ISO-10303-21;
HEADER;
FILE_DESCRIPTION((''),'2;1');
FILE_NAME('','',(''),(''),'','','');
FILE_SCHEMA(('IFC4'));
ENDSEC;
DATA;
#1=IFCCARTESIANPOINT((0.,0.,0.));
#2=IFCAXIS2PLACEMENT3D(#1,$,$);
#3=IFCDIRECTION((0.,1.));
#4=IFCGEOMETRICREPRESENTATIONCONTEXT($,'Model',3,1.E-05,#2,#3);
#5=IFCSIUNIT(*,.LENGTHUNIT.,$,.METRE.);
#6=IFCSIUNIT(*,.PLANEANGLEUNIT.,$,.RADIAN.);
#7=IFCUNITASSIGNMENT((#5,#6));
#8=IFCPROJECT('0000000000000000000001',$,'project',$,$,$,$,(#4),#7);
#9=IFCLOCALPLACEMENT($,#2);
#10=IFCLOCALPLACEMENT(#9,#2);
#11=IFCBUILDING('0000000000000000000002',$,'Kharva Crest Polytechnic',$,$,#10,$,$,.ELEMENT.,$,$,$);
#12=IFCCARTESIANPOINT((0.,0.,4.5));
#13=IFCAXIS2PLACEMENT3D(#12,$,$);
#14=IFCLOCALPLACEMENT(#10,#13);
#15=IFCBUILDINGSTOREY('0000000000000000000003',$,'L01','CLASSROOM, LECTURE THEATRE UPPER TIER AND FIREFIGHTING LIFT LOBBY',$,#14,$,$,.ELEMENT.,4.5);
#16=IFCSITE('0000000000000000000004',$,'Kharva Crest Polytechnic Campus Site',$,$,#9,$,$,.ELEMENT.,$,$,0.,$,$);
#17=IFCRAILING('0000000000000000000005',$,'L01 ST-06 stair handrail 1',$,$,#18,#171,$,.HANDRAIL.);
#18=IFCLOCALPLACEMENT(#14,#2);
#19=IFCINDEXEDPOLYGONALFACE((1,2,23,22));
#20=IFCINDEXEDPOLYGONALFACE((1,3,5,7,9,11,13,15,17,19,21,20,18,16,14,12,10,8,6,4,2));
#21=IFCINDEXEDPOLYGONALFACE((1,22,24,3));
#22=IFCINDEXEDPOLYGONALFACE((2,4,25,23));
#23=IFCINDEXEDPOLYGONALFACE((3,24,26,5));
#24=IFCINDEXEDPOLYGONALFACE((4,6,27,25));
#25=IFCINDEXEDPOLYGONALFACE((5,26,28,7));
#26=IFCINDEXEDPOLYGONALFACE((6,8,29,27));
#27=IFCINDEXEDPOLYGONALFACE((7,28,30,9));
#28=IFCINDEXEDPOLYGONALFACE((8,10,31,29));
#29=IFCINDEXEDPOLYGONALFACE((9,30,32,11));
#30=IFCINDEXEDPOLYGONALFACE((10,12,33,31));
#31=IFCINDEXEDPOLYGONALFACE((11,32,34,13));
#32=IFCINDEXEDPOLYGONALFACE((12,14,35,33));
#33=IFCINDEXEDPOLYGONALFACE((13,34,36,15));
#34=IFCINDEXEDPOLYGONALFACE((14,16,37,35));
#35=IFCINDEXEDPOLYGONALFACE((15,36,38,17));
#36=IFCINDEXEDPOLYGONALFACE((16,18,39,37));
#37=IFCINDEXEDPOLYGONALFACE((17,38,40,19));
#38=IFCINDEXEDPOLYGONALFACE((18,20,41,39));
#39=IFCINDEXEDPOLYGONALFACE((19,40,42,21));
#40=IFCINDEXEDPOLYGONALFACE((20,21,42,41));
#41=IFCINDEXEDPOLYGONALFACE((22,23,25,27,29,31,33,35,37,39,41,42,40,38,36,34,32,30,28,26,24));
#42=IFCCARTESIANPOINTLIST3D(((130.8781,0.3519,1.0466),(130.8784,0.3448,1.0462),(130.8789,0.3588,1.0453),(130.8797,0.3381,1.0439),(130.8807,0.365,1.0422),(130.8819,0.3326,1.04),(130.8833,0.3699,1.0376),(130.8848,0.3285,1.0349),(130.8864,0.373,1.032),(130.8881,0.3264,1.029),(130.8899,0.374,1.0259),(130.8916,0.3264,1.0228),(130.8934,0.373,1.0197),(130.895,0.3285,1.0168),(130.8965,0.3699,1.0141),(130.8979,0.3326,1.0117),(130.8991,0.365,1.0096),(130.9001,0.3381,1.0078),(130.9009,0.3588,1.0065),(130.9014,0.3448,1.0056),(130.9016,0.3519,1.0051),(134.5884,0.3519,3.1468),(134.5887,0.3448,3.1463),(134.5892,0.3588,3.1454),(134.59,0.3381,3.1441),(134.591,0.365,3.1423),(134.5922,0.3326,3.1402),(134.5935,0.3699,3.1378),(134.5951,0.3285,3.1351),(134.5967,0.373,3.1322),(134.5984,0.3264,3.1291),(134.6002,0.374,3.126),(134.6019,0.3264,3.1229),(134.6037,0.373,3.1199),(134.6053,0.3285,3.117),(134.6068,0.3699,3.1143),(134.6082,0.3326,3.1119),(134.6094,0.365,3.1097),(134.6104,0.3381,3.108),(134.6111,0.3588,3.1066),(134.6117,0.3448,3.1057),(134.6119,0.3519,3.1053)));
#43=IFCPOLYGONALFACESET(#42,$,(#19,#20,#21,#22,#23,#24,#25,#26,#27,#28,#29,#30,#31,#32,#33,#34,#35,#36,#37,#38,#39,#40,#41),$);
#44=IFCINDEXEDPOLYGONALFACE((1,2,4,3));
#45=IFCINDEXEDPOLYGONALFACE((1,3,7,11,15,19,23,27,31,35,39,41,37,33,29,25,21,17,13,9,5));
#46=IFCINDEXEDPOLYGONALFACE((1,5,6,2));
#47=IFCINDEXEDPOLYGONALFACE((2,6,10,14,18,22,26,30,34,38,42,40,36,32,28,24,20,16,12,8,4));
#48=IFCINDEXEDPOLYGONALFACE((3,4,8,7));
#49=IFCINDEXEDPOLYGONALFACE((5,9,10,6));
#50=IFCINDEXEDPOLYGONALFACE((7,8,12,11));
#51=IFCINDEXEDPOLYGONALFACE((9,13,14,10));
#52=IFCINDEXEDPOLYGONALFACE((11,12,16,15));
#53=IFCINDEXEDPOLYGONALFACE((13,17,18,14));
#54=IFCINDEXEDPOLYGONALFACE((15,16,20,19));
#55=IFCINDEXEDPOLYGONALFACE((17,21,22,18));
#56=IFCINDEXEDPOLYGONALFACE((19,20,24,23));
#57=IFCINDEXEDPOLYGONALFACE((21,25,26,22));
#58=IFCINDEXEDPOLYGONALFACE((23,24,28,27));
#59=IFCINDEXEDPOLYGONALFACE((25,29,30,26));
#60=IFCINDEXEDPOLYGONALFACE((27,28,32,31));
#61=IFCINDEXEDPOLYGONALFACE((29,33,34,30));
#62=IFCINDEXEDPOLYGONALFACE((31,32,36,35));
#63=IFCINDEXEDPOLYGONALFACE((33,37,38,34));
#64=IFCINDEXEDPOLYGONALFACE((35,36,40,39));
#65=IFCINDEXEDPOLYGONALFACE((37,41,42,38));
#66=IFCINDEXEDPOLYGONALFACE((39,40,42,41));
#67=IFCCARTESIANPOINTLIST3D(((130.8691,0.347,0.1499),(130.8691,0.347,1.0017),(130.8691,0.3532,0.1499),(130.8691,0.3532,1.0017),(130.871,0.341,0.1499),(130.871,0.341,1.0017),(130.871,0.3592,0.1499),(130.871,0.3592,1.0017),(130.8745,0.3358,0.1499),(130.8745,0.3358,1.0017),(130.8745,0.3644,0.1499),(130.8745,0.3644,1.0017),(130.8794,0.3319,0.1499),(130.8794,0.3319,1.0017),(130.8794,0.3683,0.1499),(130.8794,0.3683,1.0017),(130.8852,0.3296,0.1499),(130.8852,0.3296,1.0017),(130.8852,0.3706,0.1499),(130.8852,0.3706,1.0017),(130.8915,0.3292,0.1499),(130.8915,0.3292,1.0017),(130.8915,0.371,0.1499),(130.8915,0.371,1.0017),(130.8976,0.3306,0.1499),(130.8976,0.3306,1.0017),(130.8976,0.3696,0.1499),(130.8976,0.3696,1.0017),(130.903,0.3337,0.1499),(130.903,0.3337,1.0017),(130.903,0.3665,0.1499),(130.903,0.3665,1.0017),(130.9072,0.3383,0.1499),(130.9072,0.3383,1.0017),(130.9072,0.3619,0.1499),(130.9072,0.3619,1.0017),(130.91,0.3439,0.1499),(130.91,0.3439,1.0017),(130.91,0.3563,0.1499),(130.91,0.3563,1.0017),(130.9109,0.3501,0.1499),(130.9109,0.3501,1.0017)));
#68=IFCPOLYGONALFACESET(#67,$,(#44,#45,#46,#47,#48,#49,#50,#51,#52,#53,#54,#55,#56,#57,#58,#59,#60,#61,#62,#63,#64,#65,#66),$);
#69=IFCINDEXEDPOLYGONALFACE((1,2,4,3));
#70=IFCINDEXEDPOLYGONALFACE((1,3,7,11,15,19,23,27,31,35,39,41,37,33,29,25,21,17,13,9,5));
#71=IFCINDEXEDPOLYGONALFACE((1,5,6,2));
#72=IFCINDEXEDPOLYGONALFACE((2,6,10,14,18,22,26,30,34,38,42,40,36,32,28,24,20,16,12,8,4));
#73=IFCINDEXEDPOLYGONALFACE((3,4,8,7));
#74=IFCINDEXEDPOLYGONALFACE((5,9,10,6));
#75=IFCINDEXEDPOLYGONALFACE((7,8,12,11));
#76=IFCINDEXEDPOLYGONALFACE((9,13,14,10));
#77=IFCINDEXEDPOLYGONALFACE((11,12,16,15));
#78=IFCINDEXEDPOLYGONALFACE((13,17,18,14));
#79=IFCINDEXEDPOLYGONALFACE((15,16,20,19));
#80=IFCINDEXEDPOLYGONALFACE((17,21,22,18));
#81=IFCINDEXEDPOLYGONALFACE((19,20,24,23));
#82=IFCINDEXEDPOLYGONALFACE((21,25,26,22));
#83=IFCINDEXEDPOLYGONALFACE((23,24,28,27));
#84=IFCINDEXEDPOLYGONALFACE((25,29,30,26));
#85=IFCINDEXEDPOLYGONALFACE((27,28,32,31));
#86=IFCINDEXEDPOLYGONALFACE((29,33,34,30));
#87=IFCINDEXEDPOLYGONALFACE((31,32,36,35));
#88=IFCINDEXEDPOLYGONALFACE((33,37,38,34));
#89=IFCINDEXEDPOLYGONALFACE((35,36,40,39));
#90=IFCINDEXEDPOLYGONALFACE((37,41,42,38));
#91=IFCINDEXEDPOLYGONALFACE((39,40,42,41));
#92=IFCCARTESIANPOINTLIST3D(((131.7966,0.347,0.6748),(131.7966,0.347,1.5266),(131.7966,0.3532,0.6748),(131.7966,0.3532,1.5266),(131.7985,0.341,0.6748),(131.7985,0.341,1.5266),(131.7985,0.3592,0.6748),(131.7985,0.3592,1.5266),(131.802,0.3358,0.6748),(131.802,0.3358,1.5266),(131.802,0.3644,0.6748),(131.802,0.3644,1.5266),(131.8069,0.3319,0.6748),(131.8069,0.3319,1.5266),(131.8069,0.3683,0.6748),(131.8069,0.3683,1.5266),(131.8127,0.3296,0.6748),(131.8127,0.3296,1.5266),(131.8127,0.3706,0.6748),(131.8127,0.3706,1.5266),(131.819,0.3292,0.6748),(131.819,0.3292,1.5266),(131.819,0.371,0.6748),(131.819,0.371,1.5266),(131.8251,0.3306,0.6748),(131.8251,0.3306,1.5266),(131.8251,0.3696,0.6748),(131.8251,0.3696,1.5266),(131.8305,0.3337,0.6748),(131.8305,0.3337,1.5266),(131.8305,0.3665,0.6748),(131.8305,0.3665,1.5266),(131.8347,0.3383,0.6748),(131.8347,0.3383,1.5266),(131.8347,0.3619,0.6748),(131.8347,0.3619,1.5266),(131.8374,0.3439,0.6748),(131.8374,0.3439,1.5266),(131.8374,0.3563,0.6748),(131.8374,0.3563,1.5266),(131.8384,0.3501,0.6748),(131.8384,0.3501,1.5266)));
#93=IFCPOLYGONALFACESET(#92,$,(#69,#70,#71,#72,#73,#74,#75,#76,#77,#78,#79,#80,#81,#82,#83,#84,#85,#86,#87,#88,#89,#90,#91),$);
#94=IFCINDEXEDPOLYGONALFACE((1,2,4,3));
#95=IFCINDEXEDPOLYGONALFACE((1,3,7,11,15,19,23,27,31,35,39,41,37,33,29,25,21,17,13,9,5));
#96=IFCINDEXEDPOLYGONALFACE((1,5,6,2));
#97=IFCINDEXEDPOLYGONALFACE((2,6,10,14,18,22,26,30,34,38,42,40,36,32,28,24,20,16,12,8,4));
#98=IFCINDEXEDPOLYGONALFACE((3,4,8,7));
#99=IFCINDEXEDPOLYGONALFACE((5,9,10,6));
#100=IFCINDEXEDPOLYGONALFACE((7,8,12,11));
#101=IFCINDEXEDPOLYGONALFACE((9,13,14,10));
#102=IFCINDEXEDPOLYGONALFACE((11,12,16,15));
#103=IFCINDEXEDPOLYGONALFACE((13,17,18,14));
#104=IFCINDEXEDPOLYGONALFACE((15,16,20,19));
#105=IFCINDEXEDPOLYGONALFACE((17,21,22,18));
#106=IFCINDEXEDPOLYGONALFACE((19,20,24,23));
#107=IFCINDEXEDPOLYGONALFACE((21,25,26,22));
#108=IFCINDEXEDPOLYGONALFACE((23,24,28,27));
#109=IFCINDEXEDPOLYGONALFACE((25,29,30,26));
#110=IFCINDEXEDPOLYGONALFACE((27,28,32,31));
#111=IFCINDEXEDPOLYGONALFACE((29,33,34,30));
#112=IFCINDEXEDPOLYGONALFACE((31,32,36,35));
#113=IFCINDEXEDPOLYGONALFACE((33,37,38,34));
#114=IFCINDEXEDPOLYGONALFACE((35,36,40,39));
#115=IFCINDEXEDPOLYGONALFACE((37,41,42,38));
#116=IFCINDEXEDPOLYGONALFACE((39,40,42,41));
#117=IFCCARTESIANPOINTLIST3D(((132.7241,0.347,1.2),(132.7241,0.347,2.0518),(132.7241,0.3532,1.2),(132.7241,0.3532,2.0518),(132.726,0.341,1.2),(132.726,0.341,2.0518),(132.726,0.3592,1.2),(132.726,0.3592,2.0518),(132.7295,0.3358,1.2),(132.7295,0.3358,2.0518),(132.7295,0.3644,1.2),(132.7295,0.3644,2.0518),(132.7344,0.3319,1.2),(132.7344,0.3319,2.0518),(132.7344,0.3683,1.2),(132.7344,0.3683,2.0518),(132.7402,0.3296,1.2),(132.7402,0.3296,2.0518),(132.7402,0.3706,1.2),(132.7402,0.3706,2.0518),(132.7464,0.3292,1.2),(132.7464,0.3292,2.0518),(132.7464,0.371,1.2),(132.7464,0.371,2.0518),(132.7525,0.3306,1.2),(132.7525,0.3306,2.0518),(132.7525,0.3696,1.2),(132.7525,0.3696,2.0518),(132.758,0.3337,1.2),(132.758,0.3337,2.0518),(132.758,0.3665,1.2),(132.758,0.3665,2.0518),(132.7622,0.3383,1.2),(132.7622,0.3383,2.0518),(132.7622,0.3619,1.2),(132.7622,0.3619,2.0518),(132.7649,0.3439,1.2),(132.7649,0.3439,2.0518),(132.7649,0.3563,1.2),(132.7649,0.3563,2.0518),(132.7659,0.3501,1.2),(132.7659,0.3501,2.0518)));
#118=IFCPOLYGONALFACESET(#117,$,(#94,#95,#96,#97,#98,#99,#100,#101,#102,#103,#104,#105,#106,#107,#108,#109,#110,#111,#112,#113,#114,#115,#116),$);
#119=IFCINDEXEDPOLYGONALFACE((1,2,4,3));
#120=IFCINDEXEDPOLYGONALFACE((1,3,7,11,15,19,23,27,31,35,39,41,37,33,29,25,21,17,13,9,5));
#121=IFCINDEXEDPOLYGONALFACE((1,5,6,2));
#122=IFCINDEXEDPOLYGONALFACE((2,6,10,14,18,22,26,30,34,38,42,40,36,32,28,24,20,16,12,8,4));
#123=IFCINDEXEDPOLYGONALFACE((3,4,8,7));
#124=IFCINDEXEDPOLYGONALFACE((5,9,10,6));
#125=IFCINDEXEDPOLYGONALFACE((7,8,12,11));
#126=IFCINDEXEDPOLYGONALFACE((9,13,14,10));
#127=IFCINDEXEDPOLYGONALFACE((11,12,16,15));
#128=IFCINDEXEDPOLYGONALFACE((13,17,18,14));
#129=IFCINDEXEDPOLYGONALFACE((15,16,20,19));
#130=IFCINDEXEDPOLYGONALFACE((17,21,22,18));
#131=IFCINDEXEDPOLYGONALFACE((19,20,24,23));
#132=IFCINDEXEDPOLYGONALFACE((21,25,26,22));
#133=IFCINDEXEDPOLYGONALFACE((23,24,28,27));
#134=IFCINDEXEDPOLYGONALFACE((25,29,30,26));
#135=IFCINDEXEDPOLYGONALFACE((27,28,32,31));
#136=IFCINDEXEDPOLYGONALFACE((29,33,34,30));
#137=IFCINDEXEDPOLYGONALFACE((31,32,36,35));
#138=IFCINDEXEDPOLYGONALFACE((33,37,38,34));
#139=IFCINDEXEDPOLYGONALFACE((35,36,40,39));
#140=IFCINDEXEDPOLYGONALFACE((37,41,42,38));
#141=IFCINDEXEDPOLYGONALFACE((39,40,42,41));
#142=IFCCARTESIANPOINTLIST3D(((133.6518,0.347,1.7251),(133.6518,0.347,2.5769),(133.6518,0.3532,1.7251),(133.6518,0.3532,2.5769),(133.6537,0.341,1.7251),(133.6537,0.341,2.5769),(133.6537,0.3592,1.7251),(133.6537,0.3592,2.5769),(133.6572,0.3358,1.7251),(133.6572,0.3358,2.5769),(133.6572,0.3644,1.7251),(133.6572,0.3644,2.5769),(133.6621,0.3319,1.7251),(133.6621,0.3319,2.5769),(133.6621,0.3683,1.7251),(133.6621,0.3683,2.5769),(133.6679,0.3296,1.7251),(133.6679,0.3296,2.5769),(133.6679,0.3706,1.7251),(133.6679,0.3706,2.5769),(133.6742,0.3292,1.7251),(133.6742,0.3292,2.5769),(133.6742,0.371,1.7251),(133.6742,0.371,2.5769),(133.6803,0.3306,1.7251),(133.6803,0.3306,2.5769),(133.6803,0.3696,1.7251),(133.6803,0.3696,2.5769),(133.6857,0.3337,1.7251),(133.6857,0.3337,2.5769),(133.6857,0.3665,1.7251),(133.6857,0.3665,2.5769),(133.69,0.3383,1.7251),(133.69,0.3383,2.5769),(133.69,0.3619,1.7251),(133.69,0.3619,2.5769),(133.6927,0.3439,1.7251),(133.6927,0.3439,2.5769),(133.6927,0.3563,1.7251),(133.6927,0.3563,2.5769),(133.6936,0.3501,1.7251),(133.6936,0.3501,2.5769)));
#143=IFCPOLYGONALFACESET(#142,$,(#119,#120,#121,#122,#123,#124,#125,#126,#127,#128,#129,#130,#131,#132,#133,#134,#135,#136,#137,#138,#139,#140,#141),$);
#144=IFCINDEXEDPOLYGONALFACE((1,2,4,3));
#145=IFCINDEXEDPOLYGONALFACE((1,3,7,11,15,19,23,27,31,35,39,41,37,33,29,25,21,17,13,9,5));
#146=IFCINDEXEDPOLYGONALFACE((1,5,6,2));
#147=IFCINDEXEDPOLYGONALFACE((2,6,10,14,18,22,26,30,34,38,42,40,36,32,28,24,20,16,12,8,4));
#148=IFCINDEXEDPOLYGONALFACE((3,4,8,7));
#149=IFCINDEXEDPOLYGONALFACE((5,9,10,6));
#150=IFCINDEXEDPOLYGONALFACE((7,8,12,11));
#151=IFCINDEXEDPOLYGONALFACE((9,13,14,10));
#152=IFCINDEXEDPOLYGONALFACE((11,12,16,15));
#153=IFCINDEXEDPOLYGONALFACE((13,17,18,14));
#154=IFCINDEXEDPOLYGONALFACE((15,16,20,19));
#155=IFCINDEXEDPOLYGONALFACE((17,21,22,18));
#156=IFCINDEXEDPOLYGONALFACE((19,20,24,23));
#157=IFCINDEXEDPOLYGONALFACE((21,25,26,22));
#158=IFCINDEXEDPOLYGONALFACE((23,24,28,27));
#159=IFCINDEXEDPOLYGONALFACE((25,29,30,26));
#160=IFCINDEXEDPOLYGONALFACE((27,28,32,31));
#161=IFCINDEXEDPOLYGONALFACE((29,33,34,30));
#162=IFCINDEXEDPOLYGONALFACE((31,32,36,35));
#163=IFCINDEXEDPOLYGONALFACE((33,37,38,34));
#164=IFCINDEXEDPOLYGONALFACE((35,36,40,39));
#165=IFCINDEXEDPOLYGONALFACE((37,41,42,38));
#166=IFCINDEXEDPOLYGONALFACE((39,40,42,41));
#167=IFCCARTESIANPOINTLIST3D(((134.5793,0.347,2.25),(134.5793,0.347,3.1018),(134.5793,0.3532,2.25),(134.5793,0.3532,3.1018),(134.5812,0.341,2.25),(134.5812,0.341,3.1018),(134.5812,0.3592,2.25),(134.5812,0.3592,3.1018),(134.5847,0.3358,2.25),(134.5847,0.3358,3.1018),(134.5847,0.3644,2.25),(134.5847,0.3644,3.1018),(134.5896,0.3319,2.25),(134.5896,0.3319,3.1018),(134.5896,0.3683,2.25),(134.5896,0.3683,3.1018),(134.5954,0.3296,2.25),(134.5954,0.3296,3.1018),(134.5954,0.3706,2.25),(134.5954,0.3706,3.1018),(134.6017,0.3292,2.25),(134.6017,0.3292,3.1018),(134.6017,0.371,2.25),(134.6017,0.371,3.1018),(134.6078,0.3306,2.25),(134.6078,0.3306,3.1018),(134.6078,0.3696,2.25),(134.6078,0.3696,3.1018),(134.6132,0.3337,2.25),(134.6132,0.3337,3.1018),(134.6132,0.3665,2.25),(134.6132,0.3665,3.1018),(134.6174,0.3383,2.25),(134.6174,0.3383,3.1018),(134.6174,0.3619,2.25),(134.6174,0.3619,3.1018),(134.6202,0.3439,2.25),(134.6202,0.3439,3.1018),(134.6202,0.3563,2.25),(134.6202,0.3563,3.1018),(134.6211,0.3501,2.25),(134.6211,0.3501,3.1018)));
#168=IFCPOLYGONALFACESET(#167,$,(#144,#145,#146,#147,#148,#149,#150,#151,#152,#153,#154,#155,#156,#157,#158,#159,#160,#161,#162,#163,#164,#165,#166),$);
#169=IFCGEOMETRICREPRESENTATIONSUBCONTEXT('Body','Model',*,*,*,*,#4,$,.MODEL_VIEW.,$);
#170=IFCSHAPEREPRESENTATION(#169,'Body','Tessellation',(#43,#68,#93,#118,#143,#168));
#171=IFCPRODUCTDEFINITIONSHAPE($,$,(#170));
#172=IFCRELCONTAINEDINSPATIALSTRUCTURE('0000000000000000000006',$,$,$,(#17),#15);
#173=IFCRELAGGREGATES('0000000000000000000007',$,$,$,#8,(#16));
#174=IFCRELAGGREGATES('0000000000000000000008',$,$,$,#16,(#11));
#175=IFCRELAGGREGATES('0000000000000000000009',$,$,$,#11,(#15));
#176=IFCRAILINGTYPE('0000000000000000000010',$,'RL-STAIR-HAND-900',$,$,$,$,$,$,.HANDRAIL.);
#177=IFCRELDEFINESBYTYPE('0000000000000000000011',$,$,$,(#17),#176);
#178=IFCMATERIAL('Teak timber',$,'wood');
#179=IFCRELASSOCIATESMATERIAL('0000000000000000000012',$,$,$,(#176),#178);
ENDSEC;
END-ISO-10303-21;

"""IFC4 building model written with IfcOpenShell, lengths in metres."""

from ifc_helpers import new_model, si_unit, direction, frame, origin, origin_2d, place, context, subcontext, project, spatial, circle, extrude, material, type_object, element, save


model = new_model("IFC4")

# Units and contexts
model_context = context("Model", 3, precision=1e-05, world=origin(), true_north=direction((0.0, 1.0)))
body_context = subcontext(model_context, "Body", "Model", "MODEL_VIEW")
ifc_project = project(units=[si_unit("LENGTHUNIT", "METRE"), si_unit("PLANEANGLEUNIT", "RADIAN")], contexts=[model_context])

# Site, building, storey
site_placement = place(None, origin())
site = spatial("IfcSite", under=ifc_project, at=site_placement, Name="Kharva Crest Polytechnic Campus Site", CompositionType="ELEMENT", RefElevation=0.0)
building_placement = place(site_placement, origin())
building = spatial("IfcBuilding", under=site, at=building_placement, Name="Kharva Crest Polytechnic", CompositionType="ELEMENT")
storey_placement = place(building_placement, frame((0.0, 0.0, 4.5)))
storey = spatial("IfcBuildingStorey", under=building, at=storey_placement, Name="L01", Description="CLASSROOM, LECTURE THEATRE UPPER TIER AND FIREFIGHTING LIFT LOBBY", CompositionType="ELEMENT", Elevation=4.5)

# Shared definitions
ifc_material_1 = material(Name="Teak timber", Category="wood")

# Railing
railing_type_1 = type_object("IfcRailingType", Name="RL-STAIR-HAND-900", PredefinedType="HANDRAIL", material=ifc_material_1)
railing_1_placement = place(storey_placement, frame((130.8899, 0.3501, 0.1499)))
element("IfcRailing", 1, at=railing_1_placement, inside=storey, type_object=railing_type_1, Name="L01 ST-06 stair handrail 1", PredefinedType="HANDRAIL", context=body_context, shape_type="SweptSolid", body=[
    extrude(circle(Radius=0.0239, at=origin_2d()), frame((0.0, 0.0, 0.876), z_axis=(0.870259, 0.0, 0.492595), x_axis=(0.0, 1.0, 0.0)), (0.0, 0.0, 1.0), 4.2634),
    extrude(circle(Radius=0.021, at=origin_2d()), origin(), (0.0, 0.0, 1.0), 0.8518),
    extrude(circle(Radius=0.021, at=origin_2d()), frame((0.9275, 0.0, 0.5249)), (0.0, 0.0, 1.0), 0.8518),
    extrude(circle(Radius=0.021, at=origin_2d()), frame((1.855, 0.0, 1.05)), (0.0, 0.0, 1.0), 0.8518),
    extrude(circle(Radius=0.021, at=origin_2d()), frame((2.7827, 0.0, 1.5752)), (0.0, 0.0, 1.0), 0.8518),
    extrude(circle(Radius=0.021, at=origin_2d()), frame((3.7102, 0.0, 2.1001)), (0.0, 0.0, 1.0), 0.8518),
])

save(model, "model.ifc")
